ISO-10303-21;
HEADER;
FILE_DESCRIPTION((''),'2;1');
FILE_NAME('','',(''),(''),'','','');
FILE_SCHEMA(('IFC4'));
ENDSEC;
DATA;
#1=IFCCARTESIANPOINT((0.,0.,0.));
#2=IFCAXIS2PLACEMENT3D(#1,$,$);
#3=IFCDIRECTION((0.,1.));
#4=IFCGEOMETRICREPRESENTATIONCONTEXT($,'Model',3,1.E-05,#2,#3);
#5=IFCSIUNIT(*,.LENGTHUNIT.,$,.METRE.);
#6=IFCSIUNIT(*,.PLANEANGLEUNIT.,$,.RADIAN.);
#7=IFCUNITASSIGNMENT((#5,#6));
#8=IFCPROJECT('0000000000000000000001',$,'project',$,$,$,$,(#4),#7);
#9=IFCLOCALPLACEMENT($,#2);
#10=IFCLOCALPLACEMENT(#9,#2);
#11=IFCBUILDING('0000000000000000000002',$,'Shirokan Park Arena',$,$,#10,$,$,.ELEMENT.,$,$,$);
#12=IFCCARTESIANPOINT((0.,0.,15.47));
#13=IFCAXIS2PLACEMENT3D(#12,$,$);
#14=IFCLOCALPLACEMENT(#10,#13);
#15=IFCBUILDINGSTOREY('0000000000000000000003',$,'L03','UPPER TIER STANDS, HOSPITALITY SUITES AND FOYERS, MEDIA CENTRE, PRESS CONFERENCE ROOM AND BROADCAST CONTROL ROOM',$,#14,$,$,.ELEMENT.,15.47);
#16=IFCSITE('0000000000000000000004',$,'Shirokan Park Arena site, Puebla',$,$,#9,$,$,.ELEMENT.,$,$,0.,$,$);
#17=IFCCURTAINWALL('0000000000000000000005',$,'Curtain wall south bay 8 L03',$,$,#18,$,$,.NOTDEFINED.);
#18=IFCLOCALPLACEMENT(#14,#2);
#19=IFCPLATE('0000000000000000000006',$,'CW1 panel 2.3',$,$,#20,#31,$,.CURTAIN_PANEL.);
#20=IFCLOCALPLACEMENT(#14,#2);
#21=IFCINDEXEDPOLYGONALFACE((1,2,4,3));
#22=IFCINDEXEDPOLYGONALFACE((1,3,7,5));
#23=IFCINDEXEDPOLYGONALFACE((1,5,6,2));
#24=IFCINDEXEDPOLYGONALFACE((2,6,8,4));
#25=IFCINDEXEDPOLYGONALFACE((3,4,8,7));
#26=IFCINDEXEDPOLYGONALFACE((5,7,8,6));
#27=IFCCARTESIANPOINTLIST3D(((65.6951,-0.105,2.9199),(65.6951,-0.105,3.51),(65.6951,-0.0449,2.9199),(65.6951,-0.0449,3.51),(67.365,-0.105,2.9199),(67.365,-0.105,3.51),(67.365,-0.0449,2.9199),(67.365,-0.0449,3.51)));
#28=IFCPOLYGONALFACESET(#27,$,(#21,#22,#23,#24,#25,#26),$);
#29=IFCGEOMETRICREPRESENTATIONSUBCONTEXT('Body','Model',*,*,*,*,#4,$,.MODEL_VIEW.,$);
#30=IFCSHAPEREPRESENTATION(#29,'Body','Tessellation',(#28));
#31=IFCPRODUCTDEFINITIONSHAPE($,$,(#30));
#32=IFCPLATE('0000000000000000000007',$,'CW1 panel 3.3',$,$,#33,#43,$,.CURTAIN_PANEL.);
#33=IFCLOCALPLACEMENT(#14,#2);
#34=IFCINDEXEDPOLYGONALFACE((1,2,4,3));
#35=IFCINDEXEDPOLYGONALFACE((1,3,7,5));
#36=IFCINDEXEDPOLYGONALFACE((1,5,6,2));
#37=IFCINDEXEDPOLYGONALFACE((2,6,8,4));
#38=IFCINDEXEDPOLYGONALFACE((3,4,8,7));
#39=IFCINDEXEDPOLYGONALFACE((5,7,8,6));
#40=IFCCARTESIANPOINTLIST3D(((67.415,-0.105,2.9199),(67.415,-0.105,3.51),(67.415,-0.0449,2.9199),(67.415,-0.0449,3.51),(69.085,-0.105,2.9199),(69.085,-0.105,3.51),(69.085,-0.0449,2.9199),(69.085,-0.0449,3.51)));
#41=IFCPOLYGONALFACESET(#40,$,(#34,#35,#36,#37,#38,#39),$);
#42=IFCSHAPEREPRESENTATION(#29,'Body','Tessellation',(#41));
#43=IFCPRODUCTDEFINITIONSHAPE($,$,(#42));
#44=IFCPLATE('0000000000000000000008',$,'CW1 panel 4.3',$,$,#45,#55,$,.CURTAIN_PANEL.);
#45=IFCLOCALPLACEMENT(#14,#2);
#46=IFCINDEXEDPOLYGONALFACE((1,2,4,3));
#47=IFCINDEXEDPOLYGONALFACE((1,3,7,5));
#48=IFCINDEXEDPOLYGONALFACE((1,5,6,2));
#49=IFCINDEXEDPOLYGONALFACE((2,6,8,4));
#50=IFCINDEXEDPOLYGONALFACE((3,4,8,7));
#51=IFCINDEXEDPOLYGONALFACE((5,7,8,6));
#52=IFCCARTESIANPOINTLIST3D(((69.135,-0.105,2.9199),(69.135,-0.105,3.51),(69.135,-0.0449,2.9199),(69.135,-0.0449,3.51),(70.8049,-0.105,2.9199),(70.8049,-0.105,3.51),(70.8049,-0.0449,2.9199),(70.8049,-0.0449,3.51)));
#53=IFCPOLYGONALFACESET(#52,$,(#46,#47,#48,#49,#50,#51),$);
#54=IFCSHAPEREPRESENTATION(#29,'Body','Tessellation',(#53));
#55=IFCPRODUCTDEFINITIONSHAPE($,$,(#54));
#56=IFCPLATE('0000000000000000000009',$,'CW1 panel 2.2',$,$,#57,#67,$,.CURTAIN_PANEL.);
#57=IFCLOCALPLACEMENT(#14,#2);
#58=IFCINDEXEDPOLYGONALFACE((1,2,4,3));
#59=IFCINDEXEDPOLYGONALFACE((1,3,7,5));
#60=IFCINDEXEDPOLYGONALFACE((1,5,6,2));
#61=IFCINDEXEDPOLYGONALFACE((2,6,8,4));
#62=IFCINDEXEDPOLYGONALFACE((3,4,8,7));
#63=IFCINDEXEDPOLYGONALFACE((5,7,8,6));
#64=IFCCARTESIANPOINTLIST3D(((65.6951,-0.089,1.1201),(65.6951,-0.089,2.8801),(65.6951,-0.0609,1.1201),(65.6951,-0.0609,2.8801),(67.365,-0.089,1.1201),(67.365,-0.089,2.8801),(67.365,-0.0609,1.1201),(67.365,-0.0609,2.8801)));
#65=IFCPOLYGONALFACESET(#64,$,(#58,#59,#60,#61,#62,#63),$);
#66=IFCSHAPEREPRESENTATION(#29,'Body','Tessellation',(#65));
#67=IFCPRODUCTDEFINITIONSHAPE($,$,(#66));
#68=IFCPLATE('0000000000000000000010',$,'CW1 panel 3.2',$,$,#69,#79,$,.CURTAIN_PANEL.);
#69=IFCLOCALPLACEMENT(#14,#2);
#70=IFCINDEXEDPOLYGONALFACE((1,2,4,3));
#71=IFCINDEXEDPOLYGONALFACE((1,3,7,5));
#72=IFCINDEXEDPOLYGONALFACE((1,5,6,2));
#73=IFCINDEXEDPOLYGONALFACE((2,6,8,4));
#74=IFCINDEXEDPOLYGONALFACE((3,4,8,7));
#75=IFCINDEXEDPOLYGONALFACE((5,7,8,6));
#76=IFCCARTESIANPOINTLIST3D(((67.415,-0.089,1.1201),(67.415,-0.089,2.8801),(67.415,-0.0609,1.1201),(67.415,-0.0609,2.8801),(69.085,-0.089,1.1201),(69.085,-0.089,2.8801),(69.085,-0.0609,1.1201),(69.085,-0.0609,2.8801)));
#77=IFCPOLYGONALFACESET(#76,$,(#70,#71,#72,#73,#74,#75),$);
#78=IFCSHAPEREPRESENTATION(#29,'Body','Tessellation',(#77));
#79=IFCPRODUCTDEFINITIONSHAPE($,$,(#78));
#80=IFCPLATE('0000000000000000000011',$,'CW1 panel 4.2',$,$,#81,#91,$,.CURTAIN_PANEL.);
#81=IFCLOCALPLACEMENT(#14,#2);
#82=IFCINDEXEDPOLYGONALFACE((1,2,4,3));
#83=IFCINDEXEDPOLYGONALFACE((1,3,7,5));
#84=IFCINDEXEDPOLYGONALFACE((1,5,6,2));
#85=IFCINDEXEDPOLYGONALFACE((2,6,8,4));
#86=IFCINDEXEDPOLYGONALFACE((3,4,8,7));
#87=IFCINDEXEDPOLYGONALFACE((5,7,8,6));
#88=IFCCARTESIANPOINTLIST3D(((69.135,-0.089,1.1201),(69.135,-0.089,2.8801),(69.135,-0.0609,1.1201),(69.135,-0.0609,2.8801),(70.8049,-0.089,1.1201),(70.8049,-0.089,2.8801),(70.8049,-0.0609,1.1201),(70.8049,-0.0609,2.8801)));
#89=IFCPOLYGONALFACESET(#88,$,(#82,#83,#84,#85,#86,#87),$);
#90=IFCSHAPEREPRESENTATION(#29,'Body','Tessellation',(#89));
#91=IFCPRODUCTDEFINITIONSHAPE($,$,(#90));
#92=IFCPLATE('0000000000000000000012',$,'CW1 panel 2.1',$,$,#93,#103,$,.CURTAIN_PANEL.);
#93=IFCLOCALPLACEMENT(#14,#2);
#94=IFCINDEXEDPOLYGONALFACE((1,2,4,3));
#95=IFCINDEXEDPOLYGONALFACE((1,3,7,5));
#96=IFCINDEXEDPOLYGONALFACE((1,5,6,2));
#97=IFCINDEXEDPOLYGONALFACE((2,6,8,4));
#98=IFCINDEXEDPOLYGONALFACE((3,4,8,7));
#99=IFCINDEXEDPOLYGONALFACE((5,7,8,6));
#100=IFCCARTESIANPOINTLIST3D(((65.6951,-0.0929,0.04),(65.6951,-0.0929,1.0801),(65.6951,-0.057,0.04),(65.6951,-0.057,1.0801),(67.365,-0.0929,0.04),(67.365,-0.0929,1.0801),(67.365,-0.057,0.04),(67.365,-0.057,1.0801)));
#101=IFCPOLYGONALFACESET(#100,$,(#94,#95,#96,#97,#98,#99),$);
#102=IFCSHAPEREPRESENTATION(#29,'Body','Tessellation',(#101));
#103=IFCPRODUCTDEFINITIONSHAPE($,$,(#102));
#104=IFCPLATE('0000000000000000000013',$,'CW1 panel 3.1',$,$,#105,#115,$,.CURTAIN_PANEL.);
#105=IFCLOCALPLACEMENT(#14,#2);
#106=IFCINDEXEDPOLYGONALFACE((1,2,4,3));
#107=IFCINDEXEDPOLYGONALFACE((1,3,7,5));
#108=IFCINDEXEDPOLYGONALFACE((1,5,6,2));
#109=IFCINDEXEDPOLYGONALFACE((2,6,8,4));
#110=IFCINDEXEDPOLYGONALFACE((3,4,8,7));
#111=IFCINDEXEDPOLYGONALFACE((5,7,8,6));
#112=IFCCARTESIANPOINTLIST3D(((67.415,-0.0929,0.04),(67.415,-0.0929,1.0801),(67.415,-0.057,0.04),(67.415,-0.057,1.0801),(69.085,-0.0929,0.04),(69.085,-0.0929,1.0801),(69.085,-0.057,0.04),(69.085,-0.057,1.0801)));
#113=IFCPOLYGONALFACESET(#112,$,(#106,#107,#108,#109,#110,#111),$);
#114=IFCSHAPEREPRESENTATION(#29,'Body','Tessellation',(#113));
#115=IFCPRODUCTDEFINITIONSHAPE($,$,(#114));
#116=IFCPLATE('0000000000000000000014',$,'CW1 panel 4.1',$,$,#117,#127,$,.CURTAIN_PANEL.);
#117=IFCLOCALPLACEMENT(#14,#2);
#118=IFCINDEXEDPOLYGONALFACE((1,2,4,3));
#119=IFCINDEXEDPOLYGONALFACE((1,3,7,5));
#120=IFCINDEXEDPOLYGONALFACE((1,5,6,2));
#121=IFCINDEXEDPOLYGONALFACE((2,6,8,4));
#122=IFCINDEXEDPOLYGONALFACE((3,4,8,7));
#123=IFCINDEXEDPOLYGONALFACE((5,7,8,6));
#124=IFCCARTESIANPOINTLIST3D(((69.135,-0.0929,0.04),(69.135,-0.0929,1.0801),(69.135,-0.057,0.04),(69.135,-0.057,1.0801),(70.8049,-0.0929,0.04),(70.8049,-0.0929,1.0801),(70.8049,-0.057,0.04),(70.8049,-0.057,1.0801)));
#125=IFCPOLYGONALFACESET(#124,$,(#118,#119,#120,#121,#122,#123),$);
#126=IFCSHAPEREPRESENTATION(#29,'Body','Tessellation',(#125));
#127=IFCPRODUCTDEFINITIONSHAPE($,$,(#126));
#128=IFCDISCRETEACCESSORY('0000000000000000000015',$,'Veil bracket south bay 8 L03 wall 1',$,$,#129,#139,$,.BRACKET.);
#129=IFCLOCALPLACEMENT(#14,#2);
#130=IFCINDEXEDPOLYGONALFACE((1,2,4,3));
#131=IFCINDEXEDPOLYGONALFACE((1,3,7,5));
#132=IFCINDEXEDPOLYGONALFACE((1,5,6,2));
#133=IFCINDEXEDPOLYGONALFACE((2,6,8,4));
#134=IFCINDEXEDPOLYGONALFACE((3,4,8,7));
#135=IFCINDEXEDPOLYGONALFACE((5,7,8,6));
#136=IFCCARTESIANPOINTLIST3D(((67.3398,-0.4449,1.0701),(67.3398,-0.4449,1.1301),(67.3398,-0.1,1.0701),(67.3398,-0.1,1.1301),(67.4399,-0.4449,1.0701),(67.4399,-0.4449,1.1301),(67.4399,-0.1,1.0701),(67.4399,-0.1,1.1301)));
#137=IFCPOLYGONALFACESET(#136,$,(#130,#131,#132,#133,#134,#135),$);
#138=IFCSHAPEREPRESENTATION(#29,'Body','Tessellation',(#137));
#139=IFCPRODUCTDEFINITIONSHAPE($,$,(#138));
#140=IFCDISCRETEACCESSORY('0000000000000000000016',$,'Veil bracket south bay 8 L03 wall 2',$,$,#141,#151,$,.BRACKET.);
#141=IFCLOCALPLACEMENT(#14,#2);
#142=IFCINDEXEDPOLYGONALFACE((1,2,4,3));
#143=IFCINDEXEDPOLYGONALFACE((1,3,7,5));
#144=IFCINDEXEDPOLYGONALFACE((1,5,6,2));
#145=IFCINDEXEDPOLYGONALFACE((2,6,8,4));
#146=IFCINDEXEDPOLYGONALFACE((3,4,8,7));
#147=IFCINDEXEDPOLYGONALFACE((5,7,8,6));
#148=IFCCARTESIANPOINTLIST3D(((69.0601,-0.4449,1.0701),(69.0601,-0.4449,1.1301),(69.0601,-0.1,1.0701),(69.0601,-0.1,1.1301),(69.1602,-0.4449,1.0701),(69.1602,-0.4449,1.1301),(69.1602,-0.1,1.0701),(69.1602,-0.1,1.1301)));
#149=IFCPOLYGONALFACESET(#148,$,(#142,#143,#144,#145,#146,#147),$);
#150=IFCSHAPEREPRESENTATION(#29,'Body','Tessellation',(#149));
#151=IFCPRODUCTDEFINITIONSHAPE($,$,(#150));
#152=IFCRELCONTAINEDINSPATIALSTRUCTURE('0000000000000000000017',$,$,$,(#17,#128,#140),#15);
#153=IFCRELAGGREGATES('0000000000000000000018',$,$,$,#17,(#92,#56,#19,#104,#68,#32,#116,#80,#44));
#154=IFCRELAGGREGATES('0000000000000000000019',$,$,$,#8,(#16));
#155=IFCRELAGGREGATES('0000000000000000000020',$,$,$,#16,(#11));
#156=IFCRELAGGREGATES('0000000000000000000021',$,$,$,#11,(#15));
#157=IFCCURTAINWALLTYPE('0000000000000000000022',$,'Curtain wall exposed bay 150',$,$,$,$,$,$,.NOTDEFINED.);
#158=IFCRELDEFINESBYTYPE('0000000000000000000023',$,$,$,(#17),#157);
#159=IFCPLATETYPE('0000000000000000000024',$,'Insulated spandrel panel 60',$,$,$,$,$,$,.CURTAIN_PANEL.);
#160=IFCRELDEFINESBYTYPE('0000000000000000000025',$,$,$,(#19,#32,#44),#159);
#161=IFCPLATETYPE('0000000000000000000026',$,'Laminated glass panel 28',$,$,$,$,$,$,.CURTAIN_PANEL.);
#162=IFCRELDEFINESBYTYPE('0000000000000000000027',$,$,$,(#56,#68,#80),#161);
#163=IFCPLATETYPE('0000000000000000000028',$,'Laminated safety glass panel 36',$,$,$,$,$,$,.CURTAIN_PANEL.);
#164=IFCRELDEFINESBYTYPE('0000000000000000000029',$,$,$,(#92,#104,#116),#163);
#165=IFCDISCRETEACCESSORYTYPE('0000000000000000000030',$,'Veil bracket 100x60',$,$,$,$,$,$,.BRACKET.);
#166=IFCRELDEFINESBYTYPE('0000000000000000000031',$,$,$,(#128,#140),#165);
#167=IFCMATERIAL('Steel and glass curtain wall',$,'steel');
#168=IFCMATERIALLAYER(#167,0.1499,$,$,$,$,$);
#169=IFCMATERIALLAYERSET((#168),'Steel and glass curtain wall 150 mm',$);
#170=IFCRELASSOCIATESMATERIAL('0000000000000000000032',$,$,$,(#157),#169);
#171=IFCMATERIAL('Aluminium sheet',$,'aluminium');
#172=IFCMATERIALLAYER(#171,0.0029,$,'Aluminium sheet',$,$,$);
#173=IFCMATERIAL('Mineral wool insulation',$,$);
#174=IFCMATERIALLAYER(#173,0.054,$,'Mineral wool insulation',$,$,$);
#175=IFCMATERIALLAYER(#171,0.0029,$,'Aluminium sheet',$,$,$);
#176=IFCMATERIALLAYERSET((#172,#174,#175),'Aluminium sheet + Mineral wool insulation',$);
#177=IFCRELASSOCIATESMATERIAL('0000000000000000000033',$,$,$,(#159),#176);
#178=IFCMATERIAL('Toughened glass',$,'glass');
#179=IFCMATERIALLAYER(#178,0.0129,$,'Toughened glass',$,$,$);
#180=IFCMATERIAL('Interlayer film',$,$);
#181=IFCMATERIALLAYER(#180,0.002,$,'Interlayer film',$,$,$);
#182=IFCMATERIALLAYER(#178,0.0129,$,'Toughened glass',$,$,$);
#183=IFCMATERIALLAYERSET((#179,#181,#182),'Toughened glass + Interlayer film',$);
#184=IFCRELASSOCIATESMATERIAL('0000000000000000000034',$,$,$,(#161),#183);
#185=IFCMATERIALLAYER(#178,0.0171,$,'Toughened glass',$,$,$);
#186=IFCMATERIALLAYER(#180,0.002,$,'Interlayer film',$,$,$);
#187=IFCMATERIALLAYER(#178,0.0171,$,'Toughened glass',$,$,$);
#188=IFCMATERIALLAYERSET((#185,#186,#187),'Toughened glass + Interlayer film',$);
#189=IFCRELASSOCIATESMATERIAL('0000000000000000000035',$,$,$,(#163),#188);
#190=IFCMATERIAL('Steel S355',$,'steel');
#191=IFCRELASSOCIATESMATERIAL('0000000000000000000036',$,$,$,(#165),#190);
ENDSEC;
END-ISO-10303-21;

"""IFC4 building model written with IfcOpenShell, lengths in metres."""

from ifc_helpers import new_model, si_unit, direction, frame, origin, origin_2d, place, context, subcontext, project, spatial, rectangle, extrude, material, layer, layer_set, type_object, element, aggregate, save


model = new_model("IFC4")

# Units and contexts
model_context = context("Model", 3, precision=1e-05, world=origin(), true_north=direction((0.0, 1.0)))
body_context = subcontext(model_context, "Body", "Model", "MODEL_VIEW")
ifc_project = project(units=[si_unit("LENGTHUNIT", "METRE"), si_unit("PLANEANGLEUNIT", "RADIAN")], contexts=[model_context])

# Site, building, storey
site_placement = place(None, origin())
site = spatial("IfcSite", under=ifc_project, at=site_placement, Name="Shirokan Park Arena site, Puebla", CompositionType="ELEMENT", RefElevation=0.0)
building_placement = place(site_placement, origin())
building = spatial("IfcBuilding", under=site, at=building_placement, Name="Shirokan Park Arena", CompositionType="ELEMENT")
storey_placement = place(building_placement, frame((0.0, 0.0, 15.47)))
storey = spatial("IfcBuildingStorey", under=building, at=storey_placement, Name="L03", Description="UPPER TIER STANDS, HOSPITALITY SUITES AND FOYERS, MEDIA CENTRE, PRESS CONFERENCE ROOM AND BROADCAST CONTROL ROOM", CompositionType="ELEMENT", Elevation=15.47)

# Curtain wall, plates
ifc_material_1 = material(Name="Steel and glass curtain wall", Category="steel")
ifc_layer_1 = layer(ifc_material_1, 0.1499)
ifc_layer_set_1 = layer_set([ifc_layer_1], Name="Steel and glass curtain wall 150 mm")
curtain_wall_type = type_object("IfcCurtainWallType", Name="Curtain wall exposed bay 150", PredefinedType="NOTDEFINED", material=ifc_layer_set_1)
curtain_wall_placement = place(storey_placement, origin())
curtain_wall = element("IfcCurtainWall", 1, at=curtain_wall_placement, inside=storey, type_object=curtain_wall_type, Name="Curtain wall south bay 8 L03", PredefinedType="NOTDEFINED")
ifc_material_2 = material(Name="Steel S355", Category="steel")
ifc_material_3 = material(Name="Aluminium sheet", Category="aluminium")
ifc_layer_2 = layer(ifc_material_3, 0.0029, Name="Aluminium sheet")
ifc_material_4 = material(Name="Mineral wool insulation")
ifc_layer_3 = layer(ifc_material_4, 0.054, Name="Mineral wool insulation")
ifc_layer_4 = layer(ifc_material_3, 0.0029, Name="Aluminium sheet")
ifc_layer_set_2 = layer_set([ifc_layer_2, ifc_layer_3, ifc_layer_4], Name="Aluminium sheet + Mineral wool insulation")
plate_type_1 = type_object("IfcPlateType", Name="Insulated spandrel panel 60", PredefinedType="CURTAIN_PANEL", material=ifc_layer_set_2)
plate_1_placement = place(storey_placement, frame((66.53, -0.075, 2.9199), z_axis=(0.0, 0.0, 1.0), x_axis=(1.0, 0.0, 0.0)))
plate_1 = element("IfcPlate", 2, at=plate_1_placement, type_object=plate_type_1, Name="CW1 panel 2.3", PredefinedType="CURTAIN_PANEL", context=body_context, shape_type="SweptSolid", body=[
    extrude(rectangle(XDim=1.6699, YDim=0.0601, at=origin_2d()), origin(), (0.0, 0.0, 1.0), 0.5901),
])
plate_2_placement = place(storey_placement, frame((68.25, -0.075, 2.9199), z_axis=(0.0, 0.0, 1.0), x_axis=(1.0, 0.0, 0.0)))
plate_2 = element("IfcPlate", 3, at=plate_2_placement, type_object=plate_type_1, Name="CW1 panel 3.3", PredefinedType="CURTAIN_PANEL", context=body_context, shape_type="SweptSolid", body=[
    extrude(rectangle(XDim=1.6699, YDim=0.0601, at=origin_2d()), origin(), (0.0, 0.0, 1.0), 0.5901),
])
plate_3_placement = place(storey_placement, frame((69.97, -0.075, 2.9199), z_axis=(0.0, 0.0, 1.0), x_axis=(1.0, 0.0, 0.0)))
plate_3 = element("IfcPlate", 4, at=plate_3_placement, type_object=plate_type_1, Name="CW1 panel 4.3", PredefinedType="CURTAIN_PANEL", context=body_context, shape_type="SweptSolid", body=[
    extrude(rectangle(XDim=1.6699, YDim=0.0601, at=origin_2d()), origin(), (0.0, 0.0, 1.0), 0.5901),
])
ifc_material_5 = material(Name="Toughened glass", Category="glass")
ifc_layer_5 = layer(ifc_material_5, 0.0129, Name="Toughened glass")
ifc_material_6 = material(Name="Interlayer film")
ifc_layer_6 = layer(ifc_material_6, 0.002, Name="Interlayer film")
ifc_layer_7 = layer(ifc_material_5, 0.0129, Name="Toughened glass")
ifc_layer_set_3 = layer_set([ifc_layer_5, ifc_layer_6, ifc_layer_7], Name="Toughened glass + Interlayer film")
plate_type_2 = type_object("IfcPlateType", Name="Laminated glass panel 28", PredefinedType="CURTAIN_PANEL", material=ifc_layer_set_3)
plate_4_placement = place(storey_placement, frame((66.53, -0.075, 1.1201), z_axis=(0.0, 0.0, 1.0), x_axis=(1.0, 0.0, 0.0)))
plate_4 = element("IfcPlate", 5, at=plate_4_placement, type_object=plate_type_2, Name="CW1 panel 2.2", PredefinedType="CURTAIN_PANEL", context=body_context, shape_type="SweptSolid", body=[
    extrude(rectangle(XDim=1.6699, YDim=0.0281, at=origin_2d()), origin(), (0.0, 0.0, 1.0), 1.76),
])
plate_5_placement = place(storey_placement, frame((68.25, -0.075, 1.1201), z_axis=(0.0, 0.0, 1.0), x_axis=(1.0, 0.0, 0.0)))
plate_5 = element("IfcPlate", 6, at=plate_5_placement, type_object=plate_type_2, Name="CW1 panel 3.2", PredefinedType="CURTAIN_PANEL", context=body_context, shape_type="SweptSolid", body=[
    extrude(rectangle(XDim=1.6699, YDim=0.0281, at=origin_2d()), origin(), (0.0, 0.0, 1.0), 1.76),
])
plate_6_placement = place(storey_placement, frame((69.97, -0.075, 1.1201), z_axis=(0.0, 0.0, 1.0), x_axis=(1.0, 0.0, 0.0)))
plate_6 = element("IfcPlate", 7, at=plate_6_placement, type_object=plate_type_2, Name="CW1 panel 4.2", PredefinedType="CURTAIN_PANEL", context=body_context, shape_type="SweptSolid", body=[
    extrude(rectangle(XDim=1.6699, YDim=0.0281, at=origin_2d()), origin(), (0.0, 0.0, 1.0), 1.76),
])
ifc_layer_8 = layer(ifc_material_5, 0.0171, Name="Toughened glass")
ifc_layer_9 = layer(ifc_material_6, 0.002, Name="Interlayer film")
ifc_layer_10 = layer(ifc_material_5, 0.0171, Name="Toughened glass")
ifc_layer_set_4 = layer_set([ifc_layer_8, ifc_layer_9, ifc_layer_10], Name="Toughened glass + Interlayer film")
plate_type_3 = type_object("IfcPlateType", Name="Laminated safety glass panel 36", PredefinedType="CURTAIN_PANEL", material=ifc_layer_set_4)
plate_7_placement = place(storey_placement, frame((66.53, -0.075, 0.04), z_axis=(0.0, 0.0, 1.0), x_axis=(1.0, 0.0, 0.0)))
plate_7 = element("IfcPlate", 8, at=plate_7_placement, type_object=plate_type_3, Name="CW1 panel 2.1", PredefinedType="CURTAIN_PANEL", context=body_context, shape_type="SweptSolid", body=[
    extrude(rectangle(XDim=1.6699, YDim=0.0359, at=origin_2d()), origin(), (0.0, 0.0, 1.0), 1.04),
])
plate_8_placement = place(storey_placement, frame((68.25, -0.075, 0.04), z_axis=(0.0, 0.0, 1.0), x_axis=(1.0, 0.0, 0.0)))
plate_8 = element("IfcPlate", 9, at=plate_8_placement, type_object=plate_type_3, Name="CW1 panel 3.1", PredefinedType="CURTAIN_PANEL", context=body_context, shape_type="SweptSolid", body=[
    extrude(rectangle(XDim=1.6699, YDim=0.0359, at=origin_2d()), origin(), (0.0, 0.0, 1.0), 1.04),
])
plate_9_placement = place(storey_placement, frame((69.97, -0.075, 0.04), z_axis=(0.0, 0.0, 1.0), x_axis=(1.0, 0.0, 0.0)))
plate_9 = element("IfcPlate", 10, at=plate_9_placement, type_object=plate_type_3, Name="CW1 panel 4.1", PredefinedType="CURTAIN_PANEL", context=body_context, shape_type="SweptSolid", body=[
    extrude(rectangle(XDim=1.6699, YDim=0.0359, at=origin_2d()), origin(), (0.0, 0.0, 1.0), 1.04),
])
aggregate(curtain_wall, [plate_7, plate_4, plate_1, plate_8, plate_5, plate_2, plate_9, plate_6, plate_3])

# Discrete accessories
discrete_accessory_type = type_object("IfcDiscreteAccessoryType", Name="Veil bracket 100x60", PredefinedType="BRACKET", material=ifc_material_2)
for number, where, z_axis, x_axis, name in (
    (11, (67.3899, -0.2725, 1.0701), (0.0, 0.0, 1.0), (1.0, 0.0, 0.0), "Veil bracket south bay 8 L03 wall 1"),
    (12, (69.1101, -0.2725, 1.0701), (0.0, 0.0, 1.0), (1.0, 0.0, 0.0), "Veil bracket south bay 8 L03 wall 2"),
):
    element("IfcDiscreteAccessory", number, at=place(storey_placement, frame(where, z_axis=z_axis, x_axis=x_axis)), inside=storey, type_object=discrete_accessory_type, Name=name, PredefinedType="BRACKET", context=body_context, shape_type="SweptSolid", body=[
        extrude(rectangle(XDim=0.1001, YDim=0.345, at=origin_2d()), origin(), (0.0, 0.0, 1.0), 0.0601),
    ])

save(model, "model.ifc")
